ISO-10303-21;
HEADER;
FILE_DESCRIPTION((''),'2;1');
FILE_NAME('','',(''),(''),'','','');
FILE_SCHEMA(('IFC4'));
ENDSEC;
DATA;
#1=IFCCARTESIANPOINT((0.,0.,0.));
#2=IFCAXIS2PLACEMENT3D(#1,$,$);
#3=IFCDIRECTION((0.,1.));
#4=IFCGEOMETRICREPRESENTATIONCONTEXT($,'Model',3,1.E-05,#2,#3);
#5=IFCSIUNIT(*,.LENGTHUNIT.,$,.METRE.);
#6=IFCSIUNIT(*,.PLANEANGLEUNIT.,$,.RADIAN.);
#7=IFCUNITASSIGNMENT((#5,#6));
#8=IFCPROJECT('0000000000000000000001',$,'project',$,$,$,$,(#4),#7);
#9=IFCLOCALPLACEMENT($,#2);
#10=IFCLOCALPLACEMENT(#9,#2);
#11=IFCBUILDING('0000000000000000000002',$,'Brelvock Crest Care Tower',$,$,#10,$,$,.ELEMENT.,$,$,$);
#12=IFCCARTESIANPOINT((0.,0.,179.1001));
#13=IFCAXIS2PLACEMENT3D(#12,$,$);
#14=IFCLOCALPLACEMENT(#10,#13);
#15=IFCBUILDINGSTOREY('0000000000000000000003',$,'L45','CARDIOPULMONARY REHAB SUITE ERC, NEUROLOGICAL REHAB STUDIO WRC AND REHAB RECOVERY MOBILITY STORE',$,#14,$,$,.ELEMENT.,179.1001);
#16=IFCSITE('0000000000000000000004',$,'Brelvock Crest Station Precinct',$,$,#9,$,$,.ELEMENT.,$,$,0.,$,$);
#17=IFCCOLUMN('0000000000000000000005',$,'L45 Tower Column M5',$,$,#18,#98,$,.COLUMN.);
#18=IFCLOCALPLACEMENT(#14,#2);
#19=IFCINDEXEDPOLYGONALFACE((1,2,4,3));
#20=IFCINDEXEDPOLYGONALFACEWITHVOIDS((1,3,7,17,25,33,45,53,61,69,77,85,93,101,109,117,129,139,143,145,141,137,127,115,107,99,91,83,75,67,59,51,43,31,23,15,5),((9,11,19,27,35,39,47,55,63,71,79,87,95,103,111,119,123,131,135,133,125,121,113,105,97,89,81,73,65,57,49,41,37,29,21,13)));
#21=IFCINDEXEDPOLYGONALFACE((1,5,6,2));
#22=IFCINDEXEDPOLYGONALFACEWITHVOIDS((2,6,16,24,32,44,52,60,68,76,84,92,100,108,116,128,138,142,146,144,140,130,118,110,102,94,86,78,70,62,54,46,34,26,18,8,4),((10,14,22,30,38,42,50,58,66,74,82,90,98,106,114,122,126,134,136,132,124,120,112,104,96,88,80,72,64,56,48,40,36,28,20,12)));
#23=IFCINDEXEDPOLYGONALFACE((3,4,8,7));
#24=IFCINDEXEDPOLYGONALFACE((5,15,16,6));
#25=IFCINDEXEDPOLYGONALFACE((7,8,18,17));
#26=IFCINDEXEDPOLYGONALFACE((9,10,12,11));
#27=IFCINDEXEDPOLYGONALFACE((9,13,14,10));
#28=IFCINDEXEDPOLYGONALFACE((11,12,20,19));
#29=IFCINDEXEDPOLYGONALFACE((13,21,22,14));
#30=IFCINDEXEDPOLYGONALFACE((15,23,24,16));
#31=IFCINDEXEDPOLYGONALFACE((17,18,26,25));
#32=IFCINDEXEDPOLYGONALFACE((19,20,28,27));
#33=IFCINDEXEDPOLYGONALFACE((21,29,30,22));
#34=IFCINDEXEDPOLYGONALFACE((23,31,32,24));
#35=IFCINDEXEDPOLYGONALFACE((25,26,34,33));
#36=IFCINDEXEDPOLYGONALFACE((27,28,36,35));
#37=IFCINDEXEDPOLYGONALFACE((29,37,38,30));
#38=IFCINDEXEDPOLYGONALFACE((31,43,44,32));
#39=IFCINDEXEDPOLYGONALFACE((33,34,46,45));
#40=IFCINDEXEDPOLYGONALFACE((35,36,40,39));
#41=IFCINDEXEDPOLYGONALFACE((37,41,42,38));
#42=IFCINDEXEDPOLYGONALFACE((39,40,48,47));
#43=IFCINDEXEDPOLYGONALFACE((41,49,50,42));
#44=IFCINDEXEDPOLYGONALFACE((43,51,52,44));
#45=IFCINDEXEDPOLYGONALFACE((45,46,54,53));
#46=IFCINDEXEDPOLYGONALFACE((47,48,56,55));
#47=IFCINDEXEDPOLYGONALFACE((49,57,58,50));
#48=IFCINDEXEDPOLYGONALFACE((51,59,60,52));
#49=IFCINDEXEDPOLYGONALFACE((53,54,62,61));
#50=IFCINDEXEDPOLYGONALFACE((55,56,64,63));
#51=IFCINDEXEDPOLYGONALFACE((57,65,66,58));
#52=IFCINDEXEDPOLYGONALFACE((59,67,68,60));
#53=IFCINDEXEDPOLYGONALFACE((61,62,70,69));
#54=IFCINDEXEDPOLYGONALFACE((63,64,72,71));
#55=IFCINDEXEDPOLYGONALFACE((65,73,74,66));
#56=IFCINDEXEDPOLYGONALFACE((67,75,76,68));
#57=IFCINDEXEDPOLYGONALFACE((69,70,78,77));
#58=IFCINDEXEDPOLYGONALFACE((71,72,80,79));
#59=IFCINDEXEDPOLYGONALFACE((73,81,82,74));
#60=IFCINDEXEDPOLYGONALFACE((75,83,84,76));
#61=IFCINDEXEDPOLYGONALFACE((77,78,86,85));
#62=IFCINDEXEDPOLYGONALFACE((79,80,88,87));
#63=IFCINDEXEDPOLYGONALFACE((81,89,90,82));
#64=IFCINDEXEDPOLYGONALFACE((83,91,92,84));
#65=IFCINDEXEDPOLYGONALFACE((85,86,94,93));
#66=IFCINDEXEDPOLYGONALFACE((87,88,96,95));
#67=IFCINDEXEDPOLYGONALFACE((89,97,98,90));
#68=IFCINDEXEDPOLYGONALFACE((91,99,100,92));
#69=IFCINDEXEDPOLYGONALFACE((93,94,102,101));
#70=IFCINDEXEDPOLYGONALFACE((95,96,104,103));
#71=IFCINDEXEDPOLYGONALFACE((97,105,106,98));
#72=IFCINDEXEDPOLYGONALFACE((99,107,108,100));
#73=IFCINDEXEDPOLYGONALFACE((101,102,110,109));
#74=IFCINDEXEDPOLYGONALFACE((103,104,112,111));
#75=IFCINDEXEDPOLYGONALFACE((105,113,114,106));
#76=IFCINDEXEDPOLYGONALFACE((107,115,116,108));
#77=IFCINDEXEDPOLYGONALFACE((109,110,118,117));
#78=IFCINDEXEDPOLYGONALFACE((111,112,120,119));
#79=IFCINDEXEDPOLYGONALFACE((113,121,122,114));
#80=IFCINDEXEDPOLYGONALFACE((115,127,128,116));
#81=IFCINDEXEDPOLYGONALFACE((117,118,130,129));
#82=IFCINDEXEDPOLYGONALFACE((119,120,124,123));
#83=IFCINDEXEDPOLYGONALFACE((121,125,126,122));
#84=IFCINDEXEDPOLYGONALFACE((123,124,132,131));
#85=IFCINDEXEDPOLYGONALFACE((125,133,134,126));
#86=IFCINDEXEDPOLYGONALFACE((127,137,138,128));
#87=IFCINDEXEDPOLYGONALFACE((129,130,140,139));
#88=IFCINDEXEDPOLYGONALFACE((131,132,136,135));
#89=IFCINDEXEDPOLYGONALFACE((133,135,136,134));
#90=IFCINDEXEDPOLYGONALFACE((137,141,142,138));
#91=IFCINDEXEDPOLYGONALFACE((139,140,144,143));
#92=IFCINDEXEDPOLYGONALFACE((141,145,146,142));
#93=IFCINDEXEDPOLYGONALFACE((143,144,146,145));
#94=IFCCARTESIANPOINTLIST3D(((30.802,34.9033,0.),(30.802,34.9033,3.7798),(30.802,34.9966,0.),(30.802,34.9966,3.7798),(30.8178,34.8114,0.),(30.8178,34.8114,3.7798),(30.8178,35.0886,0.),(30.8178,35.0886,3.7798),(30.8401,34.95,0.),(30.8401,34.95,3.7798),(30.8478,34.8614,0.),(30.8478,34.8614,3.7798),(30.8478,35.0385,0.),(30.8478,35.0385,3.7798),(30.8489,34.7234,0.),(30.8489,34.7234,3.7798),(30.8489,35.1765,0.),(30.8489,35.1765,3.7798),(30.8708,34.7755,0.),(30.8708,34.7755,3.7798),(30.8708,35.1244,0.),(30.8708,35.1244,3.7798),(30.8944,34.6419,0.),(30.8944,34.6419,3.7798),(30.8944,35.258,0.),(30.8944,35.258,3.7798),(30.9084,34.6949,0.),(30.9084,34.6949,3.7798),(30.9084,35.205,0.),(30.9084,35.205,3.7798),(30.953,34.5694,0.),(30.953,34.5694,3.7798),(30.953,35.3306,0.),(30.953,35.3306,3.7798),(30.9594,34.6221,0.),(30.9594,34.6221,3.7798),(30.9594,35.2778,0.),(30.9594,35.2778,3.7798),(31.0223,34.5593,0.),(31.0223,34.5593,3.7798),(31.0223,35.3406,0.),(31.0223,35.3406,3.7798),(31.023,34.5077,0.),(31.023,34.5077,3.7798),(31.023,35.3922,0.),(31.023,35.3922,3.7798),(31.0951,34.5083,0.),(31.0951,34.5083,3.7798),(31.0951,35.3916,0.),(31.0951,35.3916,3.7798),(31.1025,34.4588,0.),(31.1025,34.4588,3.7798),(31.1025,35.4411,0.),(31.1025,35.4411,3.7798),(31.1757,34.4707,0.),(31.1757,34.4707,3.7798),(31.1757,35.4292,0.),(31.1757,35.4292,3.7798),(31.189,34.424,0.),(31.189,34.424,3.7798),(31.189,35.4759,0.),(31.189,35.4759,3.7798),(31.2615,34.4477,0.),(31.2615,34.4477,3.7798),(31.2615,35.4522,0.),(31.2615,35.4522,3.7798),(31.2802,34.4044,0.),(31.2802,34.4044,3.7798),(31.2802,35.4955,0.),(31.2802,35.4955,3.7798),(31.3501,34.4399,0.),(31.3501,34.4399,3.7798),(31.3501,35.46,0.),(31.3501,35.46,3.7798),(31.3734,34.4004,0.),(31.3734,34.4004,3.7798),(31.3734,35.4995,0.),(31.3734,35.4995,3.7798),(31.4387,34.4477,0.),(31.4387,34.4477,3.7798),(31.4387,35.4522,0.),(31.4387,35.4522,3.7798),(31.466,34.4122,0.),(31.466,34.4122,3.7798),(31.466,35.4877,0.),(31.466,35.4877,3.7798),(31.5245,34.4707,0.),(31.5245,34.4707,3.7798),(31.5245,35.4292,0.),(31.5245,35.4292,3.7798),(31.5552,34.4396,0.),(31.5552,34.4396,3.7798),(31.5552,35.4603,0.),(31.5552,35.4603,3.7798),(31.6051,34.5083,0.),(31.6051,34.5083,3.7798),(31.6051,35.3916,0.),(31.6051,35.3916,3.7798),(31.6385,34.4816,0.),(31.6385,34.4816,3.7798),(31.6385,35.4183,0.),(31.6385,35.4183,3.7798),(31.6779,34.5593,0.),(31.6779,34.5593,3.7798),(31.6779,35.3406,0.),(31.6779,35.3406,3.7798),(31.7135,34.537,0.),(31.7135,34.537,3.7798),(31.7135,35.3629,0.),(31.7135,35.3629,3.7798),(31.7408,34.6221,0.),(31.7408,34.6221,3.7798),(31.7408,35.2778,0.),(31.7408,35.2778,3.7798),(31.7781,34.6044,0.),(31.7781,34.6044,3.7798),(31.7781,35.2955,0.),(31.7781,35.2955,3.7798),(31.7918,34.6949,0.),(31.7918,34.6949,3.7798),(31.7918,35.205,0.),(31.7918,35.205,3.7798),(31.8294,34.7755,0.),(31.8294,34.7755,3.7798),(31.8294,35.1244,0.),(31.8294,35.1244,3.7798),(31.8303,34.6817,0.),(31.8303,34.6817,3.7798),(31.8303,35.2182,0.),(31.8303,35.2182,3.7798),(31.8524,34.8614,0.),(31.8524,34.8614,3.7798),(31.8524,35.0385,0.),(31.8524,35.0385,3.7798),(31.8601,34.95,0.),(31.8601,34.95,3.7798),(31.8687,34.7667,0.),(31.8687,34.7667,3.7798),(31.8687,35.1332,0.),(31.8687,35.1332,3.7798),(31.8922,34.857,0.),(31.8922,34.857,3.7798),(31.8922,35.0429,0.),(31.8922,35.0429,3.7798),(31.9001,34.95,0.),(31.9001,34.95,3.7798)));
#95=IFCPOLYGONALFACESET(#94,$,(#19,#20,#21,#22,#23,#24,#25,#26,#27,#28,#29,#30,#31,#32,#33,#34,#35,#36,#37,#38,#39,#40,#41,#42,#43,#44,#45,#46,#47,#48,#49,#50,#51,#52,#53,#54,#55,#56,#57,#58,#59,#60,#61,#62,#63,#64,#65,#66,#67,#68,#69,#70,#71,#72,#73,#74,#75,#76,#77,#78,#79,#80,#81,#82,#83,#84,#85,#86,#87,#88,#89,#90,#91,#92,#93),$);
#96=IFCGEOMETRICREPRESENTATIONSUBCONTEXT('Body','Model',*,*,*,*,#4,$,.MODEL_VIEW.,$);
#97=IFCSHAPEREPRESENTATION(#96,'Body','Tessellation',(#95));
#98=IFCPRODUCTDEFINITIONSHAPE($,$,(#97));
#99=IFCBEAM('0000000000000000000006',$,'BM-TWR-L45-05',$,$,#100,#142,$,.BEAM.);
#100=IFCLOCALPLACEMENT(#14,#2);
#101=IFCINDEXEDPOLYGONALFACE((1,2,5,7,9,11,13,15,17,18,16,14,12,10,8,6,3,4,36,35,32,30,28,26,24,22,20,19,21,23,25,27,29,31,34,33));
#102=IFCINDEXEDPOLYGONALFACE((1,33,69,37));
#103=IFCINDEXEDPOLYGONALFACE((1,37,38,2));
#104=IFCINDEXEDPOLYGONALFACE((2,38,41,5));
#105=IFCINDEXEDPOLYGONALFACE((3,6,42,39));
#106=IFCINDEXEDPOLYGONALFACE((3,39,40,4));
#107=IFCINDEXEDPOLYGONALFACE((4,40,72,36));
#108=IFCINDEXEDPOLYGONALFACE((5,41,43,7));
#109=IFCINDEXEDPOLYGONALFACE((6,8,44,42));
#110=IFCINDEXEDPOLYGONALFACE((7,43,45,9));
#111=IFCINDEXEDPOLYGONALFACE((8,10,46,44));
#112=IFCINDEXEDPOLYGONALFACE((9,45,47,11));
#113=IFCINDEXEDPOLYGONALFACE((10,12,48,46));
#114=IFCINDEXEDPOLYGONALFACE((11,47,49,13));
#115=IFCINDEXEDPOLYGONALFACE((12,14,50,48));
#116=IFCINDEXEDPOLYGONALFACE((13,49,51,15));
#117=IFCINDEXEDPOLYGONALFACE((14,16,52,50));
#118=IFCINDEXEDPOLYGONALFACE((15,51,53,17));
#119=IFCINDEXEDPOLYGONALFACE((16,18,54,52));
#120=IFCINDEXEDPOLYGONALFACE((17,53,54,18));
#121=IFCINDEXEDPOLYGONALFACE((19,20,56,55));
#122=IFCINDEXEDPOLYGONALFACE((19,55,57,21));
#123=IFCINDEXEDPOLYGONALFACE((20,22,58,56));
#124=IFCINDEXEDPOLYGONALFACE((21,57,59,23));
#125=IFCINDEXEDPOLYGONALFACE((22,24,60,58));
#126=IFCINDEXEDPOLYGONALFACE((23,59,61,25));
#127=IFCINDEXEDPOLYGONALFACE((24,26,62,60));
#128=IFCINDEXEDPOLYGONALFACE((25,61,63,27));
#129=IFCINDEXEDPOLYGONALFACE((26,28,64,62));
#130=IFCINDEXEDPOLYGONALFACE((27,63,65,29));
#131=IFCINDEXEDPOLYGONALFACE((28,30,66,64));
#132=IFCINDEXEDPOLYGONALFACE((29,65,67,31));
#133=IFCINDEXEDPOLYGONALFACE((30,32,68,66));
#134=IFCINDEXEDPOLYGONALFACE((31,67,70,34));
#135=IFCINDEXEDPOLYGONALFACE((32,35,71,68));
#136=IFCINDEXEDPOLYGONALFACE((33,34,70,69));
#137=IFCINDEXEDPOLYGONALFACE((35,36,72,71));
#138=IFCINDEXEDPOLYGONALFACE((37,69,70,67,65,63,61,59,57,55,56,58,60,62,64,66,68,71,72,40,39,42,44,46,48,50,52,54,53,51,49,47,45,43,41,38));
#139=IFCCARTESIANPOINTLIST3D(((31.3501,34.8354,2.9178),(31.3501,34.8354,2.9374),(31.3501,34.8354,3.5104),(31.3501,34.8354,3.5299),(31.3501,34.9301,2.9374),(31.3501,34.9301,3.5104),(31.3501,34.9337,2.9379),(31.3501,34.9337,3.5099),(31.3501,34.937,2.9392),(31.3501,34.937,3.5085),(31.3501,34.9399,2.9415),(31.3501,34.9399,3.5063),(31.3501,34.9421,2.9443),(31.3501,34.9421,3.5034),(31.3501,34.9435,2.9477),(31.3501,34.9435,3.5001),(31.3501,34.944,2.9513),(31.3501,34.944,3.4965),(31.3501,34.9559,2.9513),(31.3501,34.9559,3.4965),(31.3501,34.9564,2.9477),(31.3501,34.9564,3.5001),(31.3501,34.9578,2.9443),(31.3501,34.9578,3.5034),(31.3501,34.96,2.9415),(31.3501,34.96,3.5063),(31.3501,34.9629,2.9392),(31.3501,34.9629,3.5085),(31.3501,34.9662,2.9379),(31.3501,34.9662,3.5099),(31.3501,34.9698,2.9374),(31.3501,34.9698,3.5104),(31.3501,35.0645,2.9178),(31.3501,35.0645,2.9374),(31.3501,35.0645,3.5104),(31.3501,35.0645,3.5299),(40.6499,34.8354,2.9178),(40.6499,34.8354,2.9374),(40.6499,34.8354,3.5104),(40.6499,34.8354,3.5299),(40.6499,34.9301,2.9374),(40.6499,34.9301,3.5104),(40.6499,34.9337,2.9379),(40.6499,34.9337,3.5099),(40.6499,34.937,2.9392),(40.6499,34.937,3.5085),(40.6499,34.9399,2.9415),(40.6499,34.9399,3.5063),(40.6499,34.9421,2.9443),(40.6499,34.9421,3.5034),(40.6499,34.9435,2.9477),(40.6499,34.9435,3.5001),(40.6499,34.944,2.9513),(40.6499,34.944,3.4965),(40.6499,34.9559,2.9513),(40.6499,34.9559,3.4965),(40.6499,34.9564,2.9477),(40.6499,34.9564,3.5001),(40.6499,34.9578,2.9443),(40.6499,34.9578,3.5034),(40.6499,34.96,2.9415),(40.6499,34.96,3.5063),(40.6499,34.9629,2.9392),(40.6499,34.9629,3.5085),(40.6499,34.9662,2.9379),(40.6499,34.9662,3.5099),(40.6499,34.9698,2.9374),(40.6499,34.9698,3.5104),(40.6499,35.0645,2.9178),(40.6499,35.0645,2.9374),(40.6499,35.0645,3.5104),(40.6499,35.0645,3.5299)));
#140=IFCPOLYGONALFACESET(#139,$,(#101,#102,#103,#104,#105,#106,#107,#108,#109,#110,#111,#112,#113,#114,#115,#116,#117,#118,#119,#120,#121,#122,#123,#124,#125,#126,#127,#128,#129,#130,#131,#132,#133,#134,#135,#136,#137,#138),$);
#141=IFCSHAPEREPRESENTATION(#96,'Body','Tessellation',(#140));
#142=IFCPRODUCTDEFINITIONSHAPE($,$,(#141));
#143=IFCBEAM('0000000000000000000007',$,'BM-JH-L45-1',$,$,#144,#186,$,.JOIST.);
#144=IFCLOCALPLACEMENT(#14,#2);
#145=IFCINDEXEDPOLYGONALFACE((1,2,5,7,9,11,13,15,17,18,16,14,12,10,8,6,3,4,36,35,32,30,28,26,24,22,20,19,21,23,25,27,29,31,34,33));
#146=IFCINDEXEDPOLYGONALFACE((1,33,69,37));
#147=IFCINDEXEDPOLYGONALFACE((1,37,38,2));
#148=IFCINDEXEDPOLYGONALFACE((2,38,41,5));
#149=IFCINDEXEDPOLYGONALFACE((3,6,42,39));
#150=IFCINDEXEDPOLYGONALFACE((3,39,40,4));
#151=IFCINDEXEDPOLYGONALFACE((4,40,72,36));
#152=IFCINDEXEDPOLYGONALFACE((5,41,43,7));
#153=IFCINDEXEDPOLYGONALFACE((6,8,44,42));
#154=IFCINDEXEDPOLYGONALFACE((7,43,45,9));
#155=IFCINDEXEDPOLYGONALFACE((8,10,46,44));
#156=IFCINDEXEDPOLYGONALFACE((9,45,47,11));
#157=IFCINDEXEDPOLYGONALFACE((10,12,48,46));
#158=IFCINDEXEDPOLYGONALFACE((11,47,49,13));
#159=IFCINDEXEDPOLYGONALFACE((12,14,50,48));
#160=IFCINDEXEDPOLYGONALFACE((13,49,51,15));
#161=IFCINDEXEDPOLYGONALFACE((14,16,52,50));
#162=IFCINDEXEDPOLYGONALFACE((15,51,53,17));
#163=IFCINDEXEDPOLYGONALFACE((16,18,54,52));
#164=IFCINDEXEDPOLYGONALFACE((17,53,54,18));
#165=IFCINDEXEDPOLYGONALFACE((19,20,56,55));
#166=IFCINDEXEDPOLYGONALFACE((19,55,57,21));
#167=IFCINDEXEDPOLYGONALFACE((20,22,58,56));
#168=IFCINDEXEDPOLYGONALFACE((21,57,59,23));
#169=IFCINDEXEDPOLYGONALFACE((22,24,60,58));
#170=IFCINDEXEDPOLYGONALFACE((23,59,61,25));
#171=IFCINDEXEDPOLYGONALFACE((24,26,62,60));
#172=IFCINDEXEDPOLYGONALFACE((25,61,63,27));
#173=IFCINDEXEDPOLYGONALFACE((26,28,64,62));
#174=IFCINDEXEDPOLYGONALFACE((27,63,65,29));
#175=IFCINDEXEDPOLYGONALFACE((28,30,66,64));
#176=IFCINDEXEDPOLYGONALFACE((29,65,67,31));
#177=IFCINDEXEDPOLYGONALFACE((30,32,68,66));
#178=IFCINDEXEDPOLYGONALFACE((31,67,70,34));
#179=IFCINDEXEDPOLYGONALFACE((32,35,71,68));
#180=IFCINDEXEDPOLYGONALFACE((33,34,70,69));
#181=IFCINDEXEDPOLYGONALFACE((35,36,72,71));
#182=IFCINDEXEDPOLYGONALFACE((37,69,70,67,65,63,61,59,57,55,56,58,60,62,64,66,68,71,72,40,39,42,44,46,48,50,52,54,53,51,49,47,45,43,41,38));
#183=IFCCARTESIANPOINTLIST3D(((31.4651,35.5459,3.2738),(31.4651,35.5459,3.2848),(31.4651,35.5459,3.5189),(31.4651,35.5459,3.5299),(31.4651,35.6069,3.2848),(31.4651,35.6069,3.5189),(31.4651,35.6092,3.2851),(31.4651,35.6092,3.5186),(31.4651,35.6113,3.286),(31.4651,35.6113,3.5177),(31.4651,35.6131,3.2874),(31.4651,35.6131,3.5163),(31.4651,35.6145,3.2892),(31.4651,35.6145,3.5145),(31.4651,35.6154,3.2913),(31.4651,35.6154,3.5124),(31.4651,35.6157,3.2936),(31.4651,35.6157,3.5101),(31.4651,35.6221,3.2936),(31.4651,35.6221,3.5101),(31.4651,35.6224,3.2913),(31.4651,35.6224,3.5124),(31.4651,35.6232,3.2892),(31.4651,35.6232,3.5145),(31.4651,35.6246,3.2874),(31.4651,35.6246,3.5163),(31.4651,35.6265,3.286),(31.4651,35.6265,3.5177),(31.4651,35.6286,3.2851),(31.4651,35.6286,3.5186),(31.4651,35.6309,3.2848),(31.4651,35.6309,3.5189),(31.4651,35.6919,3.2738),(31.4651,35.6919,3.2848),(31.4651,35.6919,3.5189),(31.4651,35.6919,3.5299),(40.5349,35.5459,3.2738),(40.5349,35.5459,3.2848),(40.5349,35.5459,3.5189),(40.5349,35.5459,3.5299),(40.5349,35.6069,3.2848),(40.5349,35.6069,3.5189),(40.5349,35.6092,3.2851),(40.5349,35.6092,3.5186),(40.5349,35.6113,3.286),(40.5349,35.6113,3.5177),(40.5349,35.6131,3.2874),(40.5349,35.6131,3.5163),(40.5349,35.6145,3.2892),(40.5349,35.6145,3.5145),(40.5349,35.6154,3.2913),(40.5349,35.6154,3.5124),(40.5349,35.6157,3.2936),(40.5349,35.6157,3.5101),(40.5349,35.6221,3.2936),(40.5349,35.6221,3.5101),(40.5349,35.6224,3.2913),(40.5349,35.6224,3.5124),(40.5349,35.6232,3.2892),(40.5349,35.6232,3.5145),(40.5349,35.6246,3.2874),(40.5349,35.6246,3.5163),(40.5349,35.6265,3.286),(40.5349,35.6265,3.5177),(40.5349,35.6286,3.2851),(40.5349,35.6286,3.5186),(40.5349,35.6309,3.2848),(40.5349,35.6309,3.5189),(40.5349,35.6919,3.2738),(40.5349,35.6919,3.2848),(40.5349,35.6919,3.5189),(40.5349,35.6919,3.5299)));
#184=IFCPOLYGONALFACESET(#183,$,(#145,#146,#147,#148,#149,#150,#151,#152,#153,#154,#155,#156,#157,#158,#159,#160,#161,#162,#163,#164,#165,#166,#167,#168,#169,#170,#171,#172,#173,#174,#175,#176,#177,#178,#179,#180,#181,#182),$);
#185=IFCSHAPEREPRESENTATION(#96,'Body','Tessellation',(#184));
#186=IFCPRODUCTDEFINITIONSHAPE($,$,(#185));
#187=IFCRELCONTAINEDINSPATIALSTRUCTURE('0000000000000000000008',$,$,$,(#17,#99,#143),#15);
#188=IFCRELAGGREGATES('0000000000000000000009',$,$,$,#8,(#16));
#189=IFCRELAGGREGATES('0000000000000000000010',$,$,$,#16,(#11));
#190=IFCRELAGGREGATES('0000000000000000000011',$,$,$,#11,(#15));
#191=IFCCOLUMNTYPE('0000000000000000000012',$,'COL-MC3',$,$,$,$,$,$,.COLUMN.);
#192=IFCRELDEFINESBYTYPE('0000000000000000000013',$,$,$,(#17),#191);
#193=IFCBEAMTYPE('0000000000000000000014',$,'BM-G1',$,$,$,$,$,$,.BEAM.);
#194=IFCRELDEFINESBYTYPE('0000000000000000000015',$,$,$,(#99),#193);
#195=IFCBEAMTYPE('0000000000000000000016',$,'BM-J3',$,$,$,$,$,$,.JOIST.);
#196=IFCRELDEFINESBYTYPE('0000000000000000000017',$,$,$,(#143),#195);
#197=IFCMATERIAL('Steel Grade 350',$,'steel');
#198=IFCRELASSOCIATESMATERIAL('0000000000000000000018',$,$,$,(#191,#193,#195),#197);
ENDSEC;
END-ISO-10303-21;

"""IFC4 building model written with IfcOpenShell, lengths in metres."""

from ifc_helpers import new_model, si_unit, direction, frame, origin, origin_2d, place, context, subcontext, project, spatial, hollow_circle, i_section, extrude, source, transform, mapped, material, material_profile, profile_set, type_object, element, save


model = new_model("IFC4")

# Units and contexts
model_context = context("Model", 3, precision=1e-05, world=origin(), true_north=direction((0.0, 1.0)))
body_context = subcontext(model_context, "Body", "Model", "MODEL_VIEW")
ifc_project = project(units=[si_unit("LENGTHUNIT", "METRE"), si_unit("PLANEANGLEUNIT", "RADIAN")], contexts=[model_context])

# Site, building, storey
site_placement = place(None, origin())
site = spatial("IfcSite", under=ifc_project, at=site_placement, Name="Brelvock Crest Station Precinct", CompositionType="ELEMENT", RefElevation=0.0)
building_placement = place(site_placement, origin())
building = spatial("IfcBuilding", under=site, at=building_placement, Name="Brelvock Crest Care Tower", CompositionType="ELEMENT")
storey_placement = place(building_placement, frame((0.0, 0.0, 179.1001)))
storey = spatial("IfcBuildingStorey", under=building, at=storey_placement, Name="L45", Description="CARDIOPULMONARY REHAB SUITE ERC, NEUROLOGICAL REHAB STUDIO WRC AND REHAB RECOVERY MOBILITY STORE", CompositionType="ELEMENT", Elevation=179.1001)

# Column
ifc_material_1 = material(Name="Steel Grade 350", Category="steel")
ifc_material_profile_1 = material_profile(ifc_material_1, hollow_circle(Radius=0.55, WallThickness=0.04, at=origin_2d()), Name="CFT1100x40")
ifc_profile_set_1 = profile_set([ifc_material_profile_1], Name="Steel Grade 350")
column_type = type_object("IfcColumnType", Name="COL-MC3", PredefinedType="COLUMN", material=ifc_profile_set_1)
shared_shape_1 = source(origin(), body_context, "Body", "SweptSolid", [
    extrude(hollow_circle(Radius=0.55, WallThickness=0.04, at=origin_2d()), origin(), (0.0, 0.0, 1.0), 3.7798),
])
column_placement = place(storey_placement, frame((31.3501, 34.95, 0.0), z_axis=(0.0, 0.0, 1.0), x_axis=(1.0, 0.0, 0.0)))
element("IfcColumn", 1, at=column_placement, inside=storey, type_object=column_type, Name="L45 Tower Column M5", PredefinedType="COLUMN", context=body_context, shape_type="MappedRepresentation", body=[
    mapped(shared_shape_1, transform((0.0, 0.0, 0.0), x_axis=(1.0, 0.0, 0.0), y_axis=(0.0, 1.0, 0.0), z_axis=(0.0, 0.0, 1.0), scale=1.0)),
])

# Beams
ifc_material_profile_2 = material_profile(ifc_material_1, i_section(OverallWidth=0.229, OverallDepth=0.6121, WebThickness=0.012, FlangeThickness=0.0195, FilletRadius=0.0139, at=origin_2d()), Name="610UB125")
ifc_profile_set_2 = profile_set([ifc_material_profile_2], Name="Steel Grade 350")
beam_type_1 = type_object("IfcBeamType", Name="BM-G1", PredefinedType="BEAM", material=ifc_profile_set_2)
shared_shape_2 = source(origin(), body_context, "Body", "SweptSolid", [
    extrude(i_section(OverallWidth=0.229, OverallDepth=0.6121, WebThickness=0.012, FlangeThickness=0.0195, FilletRadius=0.0139, at=origin_2d()), origin(), (0.0, 0.0, 1.0), 9.2998),
])
beam_1_placement = place(storey_placement, frame((31.3501, 34.95, 3.2239), z_axis=(1.0, 0.0, 0.0), x_axis=(0.0, 1.0, 0.0)))
element("IfcBeam", 2, at=beam_1_placement, inside=storey, type_object=beam_type_1, Name="BM-TWR-L45-05", PredefinedType="BEAM", context=body_context, shape_type="MappedRepresentation", body=[
    mapped(shared_shape_2, transform((0.0, 0.0, 0.0), x_axis=(1.0, 0.0, 0.0), y_axis=(0.0, 1.0, 0.0), z_axis=(0.0, 0.0, 1.0), scale=1.0)),
])
ifc_material_profile_3 = material_profile(ifc_material_1, i_section(OverallWidth=0.146, OverallDepth=0.2561, WebThickness=0.0063, FlangeThickness=0.011, FilletRadius=0.0088, at=origin_2d()), Name="250UB37.3")
ifc_profile_set_3 = profile_set([ifc_material_profile_3], Name="Steel Grade 350")
beam_type_2 = type_object("IfcBeamType", Name="BM-J3", PredefinedType="JOIST", material=ifc_profile_set_3)
shared_shape_3 = source(origin(), body_context, "Body", "SweptSolid", [
    extrude(i_section(OverallWidth=0.146, OverallDepth=0.2561, WebThickness=0.0063, FlangeThickness=0.011, FilletRadius=0.0088, at=origin_2d()), origin(), (0.0, 0.0, 1.0), 9.0698),
])
for number, where, z_axis, x_axis, name in (
    (3, (31.4651, 35.6189, 3.4019), (1.0, 0.0, 0.0), (0.0, 1.0, 0.0), "BM-JH-L45-1"),
):
    element("IfcBeam", number, at=place(storey_placement, frame(where, z_axis=z_axis, x_axis=x_axis)), inside=storey, type_object=beam_type_2, Name=name, PredefinedType="JOIST", context=body_context, shape_type="MappedRepresentation", body=[
        mapped(shared_shape_3, transform((0.0, 0.0, 0.0), x_axis=(1.0, 0.0, 0.0), y_axis=(0.0, 1.0, 0.0), z_axis=(0.0, 0.0, 1.0), scale=1.0)),
    ])

save(model, "model.ifc")
